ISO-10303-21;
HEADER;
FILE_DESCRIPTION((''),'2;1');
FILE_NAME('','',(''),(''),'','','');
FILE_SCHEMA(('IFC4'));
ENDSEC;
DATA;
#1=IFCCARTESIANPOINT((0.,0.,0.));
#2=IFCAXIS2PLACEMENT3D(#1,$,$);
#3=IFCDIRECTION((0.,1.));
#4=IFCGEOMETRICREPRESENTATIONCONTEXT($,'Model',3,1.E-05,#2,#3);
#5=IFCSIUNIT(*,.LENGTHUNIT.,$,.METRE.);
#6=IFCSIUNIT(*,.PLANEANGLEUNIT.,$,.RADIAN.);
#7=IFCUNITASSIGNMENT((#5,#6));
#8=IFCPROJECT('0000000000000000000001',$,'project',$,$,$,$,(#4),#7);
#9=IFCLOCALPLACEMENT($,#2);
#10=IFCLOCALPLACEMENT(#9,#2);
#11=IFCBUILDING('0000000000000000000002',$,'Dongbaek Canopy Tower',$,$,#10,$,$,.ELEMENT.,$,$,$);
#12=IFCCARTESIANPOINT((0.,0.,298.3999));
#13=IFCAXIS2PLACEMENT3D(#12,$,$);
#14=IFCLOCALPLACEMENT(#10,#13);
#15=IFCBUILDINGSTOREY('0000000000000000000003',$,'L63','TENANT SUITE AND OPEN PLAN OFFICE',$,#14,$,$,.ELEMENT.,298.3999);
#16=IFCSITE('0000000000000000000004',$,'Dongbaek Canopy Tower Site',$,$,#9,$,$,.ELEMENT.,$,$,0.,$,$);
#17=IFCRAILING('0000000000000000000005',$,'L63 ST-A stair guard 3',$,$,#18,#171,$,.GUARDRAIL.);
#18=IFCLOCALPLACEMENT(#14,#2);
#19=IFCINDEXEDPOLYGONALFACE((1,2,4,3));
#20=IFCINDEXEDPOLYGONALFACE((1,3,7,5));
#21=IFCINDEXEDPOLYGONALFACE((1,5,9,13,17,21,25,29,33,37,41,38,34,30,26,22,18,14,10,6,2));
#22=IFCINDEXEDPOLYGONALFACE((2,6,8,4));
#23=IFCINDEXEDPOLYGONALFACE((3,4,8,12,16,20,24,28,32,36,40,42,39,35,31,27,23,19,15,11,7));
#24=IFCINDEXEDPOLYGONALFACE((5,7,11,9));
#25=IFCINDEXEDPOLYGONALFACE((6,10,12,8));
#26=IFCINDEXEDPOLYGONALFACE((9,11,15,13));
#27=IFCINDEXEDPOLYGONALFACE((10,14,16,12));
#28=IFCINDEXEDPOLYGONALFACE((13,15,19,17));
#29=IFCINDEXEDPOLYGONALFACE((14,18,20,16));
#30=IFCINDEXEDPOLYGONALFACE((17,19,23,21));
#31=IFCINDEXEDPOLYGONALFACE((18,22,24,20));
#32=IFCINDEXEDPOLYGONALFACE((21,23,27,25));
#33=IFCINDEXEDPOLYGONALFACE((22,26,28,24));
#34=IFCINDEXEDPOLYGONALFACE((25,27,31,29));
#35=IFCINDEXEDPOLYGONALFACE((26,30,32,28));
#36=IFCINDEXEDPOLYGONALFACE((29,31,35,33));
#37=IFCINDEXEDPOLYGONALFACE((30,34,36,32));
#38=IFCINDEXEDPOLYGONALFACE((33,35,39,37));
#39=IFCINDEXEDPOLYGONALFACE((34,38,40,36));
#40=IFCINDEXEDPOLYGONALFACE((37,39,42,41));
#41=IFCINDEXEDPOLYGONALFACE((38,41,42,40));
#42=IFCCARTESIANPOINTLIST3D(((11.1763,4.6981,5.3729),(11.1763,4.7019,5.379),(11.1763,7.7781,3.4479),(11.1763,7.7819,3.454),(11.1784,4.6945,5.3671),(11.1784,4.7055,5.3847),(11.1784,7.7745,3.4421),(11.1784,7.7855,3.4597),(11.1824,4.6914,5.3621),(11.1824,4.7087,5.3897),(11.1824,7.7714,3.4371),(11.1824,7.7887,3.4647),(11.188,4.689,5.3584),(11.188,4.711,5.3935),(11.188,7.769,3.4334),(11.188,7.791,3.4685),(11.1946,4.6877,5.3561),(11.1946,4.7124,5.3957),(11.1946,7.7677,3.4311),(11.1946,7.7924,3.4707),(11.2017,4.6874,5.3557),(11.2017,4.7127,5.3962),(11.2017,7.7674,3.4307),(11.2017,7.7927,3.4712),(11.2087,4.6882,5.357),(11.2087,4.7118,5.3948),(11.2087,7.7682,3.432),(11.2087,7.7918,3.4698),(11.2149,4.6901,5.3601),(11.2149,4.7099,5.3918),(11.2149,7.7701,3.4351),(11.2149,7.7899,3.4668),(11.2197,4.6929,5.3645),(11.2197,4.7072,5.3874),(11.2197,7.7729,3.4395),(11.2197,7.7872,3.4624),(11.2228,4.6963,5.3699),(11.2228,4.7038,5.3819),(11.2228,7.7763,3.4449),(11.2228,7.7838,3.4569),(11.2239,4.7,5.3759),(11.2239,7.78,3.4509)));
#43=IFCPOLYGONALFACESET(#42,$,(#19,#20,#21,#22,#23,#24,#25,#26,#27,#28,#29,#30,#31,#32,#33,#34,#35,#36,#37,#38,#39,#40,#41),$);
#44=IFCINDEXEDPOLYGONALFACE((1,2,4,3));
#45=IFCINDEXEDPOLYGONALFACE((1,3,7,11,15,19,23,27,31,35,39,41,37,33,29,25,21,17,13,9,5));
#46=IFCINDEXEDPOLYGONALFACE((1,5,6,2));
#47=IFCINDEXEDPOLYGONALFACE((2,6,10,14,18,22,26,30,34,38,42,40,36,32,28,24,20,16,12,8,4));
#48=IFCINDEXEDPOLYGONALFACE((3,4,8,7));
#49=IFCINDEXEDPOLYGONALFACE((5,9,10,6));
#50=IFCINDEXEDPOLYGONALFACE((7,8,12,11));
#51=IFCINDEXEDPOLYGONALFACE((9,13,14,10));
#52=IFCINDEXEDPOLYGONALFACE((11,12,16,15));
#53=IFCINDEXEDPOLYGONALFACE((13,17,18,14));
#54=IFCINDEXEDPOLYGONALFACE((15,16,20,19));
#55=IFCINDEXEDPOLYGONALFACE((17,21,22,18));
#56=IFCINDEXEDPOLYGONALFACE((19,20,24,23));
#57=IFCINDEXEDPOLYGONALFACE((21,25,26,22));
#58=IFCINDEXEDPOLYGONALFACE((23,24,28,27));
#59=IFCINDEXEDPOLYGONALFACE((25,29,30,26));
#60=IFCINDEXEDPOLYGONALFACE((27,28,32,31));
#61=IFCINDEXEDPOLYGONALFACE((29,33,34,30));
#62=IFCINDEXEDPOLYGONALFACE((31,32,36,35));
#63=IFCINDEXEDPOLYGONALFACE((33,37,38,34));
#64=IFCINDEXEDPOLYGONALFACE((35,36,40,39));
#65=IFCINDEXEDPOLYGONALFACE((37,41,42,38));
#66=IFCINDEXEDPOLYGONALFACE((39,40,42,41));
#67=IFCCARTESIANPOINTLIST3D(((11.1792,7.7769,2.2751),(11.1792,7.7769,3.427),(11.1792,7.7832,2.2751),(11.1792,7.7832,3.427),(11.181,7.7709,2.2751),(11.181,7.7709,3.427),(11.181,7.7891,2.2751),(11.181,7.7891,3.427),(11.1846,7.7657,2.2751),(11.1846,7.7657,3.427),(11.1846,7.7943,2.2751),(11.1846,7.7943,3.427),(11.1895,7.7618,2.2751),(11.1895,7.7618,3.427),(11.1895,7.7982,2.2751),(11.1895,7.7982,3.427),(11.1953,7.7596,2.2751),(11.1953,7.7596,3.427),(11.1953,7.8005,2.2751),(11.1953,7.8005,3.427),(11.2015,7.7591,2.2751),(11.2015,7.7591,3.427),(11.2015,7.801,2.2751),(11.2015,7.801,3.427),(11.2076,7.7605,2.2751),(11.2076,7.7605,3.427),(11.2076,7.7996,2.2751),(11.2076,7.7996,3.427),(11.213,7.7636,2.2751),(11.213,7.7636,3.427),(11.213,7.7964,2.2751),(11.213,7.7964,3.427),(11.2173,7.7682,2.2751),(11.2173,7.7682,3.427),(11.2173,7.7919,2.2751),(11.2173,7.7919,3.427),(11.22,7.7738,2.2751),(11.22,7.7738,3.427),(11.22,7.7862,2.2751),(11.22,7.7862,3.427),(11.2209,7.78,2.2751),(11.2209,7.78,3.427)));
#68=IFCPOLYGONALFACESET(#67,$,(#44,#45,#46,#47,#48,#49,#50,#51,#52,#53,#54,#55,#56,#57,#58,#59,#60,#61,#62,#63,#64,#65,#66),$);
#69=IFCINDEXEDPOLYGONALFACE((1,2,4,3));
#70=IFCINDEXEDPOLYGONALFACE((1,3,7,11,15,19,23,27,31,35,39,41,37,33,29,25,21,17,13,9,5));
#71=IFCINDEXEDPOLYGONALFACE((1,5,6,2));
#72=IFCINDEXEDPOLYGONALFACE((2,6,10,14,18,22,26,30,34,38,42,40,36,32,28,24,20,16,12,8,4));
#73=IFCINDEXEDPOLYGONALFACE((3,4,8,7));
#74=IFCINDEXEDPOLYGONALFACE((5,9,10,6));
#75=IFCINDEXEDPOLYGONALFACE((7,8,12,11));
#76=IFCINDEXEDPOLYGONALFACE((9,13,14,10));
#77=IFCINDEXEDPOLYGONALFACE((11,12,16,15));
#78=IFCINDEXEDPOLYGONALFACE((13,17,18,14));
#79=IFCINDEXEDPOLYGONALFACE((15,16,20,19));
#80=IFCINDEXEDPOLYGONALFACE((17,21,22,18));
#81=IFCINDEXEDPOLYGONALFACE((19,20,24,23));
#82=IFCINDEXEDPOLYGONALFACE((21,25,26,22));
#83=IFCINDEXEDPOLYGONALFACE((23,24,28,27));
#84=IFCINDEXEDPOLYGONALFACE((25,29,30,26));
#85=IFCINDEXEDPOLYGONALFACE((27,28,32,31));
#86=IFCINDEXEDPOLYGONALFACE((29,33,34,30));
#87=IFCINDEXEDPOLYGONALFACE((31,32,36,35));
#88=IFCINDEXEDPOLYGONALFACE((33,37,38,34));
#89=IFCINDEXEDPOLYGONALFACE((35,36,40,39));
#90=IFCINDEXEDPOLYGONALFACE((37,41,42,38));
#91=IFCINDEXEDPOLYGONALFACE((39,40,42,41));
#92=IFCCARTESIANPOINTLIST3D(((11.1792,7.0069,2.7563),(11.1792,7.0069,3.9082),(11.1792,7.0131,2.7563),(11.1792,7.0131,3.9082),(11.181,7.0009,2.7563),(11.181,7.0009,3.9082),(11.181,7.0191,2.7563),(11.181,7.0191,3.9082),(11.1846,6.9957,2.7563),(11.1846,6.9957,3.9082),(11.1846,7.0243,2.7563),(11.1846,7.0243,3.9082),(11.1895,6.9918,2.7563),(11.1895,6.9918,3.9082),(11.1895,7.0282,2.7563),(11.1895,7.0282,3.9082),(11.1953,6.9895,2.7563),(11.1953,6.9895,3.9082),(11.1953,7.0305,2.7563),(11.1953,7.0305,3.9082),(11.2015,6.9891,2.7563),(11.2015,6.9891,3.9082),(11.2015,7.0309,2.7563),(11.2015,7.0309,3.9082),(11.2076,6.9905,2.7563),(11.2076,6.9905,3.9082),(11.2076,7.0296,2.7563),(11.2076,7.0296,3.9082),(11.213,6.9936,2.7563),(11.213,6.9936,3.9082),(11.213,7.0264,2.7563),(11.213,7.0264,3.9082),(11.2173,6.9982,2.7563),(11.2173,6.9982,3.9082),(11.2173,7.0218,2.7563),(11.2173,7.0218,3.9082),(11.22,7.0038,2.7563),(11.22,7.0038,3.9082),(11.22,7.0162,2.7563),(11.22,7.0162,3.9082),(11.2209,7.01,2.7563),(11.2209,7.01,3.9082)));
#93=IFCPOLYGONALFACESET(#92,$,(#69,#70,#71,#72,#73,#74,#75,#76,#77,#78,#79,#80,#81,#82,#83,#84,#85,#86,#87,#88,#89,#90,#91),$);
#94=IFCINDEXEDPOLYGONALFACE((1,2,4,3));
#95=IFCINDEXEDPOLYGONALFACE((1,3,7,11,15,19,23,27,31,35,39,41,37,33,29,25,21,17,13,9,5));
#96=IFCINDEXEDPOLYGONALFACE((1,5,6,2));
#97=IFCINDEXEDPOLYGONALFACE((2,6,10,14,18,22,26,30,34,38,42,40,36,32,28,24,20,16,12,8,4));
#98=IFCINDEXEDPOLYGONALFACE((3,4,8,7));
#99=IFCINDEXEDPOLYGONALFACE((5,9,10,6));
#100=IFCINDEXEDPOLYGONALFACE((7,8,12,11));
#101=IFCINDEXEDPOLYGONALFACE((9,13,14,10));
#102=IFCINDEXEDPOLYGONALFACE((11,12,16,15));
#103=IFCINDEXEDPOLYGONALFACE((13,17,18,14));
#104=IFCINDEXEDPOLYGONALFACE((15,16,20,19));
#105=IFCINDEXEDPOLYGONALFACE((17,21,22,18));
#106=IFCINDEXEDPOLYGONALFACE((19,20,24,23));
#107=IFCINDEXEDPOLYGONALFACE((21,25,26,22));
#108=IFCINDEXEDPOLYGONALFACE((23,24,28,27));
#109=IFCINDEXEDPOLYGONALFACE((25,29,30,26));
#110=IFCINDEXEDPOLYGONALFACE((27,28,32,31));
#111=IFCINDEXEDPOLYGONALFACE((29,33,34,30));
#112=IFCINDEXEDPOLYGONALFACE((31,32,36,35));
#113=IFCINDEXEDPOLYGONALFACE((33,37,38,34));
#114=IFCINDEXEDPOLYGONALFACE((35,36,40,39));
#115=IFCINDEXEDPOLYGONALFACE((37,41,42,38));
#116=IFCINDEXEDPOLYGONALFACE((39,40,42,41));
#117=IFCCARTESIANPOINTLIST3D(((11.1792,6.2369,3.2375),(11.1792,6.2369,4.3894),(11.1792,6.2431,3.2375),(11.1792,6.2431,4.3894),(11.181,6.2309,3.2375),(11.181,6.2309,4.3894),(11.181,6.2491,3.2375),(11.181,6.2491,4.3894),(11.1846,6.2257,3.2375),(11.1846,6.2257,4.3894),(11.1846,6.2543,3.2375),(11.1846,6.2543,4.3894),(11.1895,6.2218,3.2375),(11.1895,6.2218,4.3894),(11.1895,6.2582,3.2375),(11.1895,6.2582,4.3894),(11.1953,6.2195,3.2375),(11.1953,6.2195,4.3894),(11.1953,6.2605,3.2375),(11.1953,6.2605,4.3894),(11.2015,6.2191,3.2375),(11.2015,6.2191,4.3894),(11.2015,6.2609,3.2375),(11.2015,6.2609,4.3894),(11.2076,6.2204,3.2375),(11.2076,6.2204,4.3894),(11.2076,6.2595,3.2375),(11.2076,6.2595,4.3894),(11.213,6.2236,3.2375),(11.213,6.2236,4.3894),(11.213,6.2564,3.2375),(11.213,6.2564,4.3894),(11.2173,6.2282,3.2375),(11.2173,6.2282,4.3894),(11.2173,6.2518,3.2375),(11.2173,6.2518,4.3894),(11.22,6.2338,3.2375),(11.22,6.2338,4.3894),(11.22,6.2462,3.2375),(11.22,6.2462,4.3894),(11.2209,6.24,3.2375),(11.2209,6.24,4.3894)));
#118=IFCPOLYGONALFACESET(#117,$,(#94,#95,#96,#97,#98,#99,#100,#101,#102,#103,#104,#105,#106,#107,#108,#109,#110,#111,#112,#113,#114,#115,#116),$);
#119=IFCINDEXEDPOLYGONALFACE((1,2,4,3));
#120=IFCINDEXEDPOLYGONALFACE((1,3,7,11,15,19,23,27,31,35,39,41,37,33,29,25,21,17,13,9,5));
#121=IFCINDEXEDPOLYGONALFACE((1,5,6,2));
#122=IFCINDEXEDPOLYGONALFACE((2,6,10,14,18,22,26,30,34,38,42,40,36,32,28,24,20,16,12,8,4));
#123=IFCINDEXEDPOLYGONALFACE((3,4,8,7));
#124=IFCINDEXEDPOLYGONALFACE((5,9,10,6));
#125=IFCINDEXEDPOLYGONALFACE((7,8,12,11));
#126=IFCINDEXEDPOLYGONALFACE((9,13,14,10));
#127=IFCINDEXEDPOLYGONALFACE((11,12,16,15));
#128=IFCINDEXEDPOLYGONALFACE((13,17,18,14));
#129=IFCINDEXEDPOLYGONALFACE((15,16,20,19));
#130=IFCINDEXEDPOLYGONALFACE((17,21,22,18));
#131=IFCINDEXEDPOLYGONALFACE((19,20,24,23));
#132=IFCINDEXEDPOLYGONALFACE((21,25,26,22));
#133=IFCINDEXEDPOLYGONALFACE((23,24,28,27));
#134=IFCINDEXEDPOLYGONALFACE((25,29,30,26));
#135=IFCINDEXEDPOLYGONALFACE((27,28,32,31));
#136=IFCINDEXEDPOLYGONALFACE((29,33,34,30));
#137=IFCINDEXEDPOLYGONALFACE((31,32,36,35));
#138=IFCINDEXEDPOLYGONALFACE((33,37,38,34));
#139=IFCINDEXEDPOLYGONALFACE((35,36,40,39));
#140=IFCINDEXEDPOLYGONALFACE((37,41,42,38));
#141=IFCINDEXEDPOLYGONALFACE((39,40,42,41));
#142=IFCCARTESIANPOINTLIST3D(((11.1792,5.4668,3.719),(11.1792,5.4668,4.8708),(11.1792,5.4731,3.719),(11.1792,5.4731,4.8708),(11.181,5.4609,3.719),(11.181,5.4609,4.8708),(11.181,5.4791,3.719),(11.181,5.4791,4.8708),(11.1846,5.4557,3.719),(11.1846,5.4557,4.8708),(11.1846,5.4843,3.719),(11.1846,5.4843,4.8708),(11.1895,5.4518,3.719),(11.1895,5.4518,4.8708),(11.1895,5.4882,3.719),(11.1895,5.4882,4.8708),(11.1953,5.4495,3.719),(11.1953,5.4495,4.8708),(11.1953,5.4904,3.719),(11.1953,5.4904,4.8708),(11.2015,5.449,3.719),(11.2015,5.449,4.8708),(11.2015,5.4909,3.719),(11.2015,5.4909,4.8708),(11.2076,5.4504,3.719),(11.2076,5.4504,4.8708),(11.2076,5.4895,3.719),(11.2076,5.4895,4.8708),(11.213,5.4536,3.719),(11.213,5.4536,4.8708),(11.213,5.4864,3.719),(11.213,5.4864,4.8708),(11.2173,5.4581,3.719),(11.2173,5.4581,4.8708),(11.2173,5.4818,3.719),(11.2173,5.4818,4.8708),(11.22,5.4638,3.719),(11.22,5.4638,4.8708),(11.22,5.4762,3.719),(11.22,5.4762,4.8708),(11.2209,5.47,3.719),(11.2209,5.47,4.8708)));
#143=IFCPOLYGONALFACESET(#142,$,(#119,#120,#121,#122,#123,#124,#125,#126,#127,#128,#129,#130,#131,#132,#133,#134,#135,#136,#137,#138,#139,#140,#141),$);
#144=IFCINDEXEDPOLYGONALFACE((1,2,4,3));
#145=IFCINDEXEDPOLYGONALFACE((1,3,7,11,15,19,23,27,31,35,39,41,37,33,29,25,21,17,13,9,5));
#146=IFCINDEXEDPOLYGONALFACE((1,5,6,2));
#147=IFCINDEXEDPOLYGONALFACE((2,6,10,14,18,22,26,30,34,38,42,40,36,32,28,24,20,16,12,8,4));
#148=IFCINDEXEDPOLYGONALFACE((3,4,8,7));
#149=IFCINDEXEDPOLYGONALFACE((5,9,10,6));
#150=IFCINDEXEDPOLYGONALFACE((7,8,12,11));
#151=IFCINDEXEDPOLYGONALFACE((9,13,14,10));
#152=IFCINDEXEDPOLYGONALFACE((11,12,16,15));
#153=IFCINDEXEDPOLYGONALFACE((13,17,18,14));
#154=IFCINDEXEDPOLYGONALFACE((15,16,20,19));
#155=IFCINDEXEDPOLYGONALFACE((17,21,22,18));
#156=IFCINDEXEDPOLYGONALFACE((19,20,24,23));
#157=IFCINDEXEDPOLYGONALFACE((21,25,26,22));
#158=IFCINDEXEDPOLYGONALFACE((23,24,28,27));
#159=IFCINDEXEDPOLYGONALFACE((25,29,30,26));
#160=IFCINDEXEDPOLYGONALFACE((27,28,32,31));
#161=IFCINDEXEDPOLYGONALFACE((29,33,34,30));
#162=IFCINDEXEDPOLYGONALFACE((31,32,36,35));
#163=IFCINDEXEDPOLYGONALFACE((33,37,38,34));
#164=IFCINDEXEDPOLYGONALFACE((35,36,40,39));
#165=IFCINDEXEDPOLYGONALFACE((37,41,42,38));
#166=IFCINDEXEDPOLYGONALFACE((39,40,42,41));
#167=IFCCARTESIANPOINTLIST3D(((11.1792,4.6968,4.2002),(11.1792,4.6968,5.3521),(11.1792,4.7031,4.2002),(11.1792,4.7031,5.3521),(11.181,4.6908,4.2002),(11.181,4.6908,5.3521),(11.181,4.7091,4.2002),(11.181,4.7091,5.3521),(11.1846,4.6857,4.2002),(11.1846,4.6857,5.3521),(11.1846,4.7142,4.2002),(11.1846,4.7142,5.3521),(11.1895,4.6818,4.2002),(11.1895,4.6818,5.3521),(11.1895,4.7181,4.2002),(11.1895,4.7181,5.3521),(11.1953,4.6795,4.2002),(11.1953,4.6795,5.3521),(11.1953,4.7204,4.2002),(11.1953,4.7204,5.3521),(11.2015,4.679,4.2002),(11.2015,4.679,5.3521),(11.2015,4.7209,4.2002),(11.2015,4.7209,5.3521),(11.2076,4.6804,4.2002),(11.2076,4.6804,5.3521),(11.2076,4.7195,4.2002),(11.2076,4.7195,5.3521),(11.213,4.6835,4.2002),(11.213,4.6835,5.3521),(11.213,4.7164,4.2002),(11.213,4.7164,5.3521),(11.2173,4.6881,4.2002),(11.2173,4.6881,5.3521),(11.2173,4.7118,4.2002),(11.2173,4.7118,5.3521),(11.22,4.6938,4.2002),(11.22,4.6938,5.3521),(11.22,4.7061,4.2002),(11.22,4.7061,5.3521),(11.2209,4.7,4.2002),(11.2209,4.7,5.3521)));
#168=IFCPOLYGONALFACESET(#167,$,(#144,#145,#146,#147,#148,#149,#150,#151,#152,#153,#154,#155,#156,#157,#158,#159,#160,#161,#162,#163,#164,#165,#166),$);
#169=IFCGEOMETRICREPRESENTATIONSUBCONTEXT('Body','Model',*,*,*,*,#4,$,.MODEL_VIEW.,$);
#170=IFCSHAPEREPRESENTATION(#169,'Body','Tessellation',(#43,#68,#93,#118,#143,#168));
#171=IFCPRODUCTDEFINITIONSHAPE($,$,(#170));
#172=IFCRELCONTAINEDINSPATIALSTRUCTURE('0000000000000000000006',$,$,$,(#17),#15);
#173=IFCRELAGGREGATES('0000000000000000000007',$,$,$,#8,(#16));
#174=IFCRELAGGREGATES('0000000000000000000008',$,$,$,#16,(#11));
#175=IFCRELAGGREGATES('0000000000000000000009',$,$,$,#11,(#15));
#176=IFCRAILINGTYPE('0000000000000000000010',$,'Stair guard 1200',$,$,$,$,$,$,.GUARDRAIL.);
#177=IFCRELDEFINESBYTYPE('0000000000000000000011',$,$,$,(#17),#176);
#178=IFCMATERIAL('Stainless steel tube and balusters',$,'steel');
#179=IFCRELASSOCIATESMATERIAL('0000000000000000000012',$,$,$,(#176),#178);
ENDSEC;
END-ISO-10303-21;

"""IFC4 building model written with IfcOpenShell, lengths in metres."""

from ifc_helpers import new_model, si_unit, direction, frame, origin, origin_2d, place, context, subcontext, project, spatial, circle, extrude, material, type_object, element, save


model = new_model("IFC4")

# Units and contexts
model_context = context("Model", 3, precision=1e-05, world=origin(), true_north=direction((0.0, 1.0)))
body_context = subcontext(model_context, "Body", "Model", "MODEL_VIEW")
ifc_project = project(units=[si_unit("LENGTHUNIT", "METRE"), si_unit("PLANEANGLEUNIT", "RADIAN")], contexts=[model_context])

# Site, building, storey
site_placement = place(None, origin())
site = spatial("IfcSite", under=ifc_project, at=site_placement, Name="Dongbaek Canopy Tower Site", CompositionType="ELEMENT", RefElevation=0.0)
building_placement = place(site_placement, origin())
building = spatial("IfcBuilding", under=site, at=building_placement, Name="Dongbaek Canopy Tower", CompositionType="ELEMENT")
storey_placement = place(building_placement, frame((0.0, 0.0, 298.3999)))
storey = spatial("IfcBuildingStorey", under=building, at=storey_placement, Name="L63", Description="TENANT SUITE AND OPEN PLAN OFFICE", CompositionType="ELEMENT", Elevation=298.3999)

# Railing
ifc_material_1 = material(Name="Stainless steel tube and balusters", Category="steel")
railing_type_1 = type_object("IfcRailingType", Name="Stair guard 1200", PredefinedType="GUARDRAIL", material=ifc_material_1)
railing_1_placement = place(storey_placement, frame((11.2, 7.78, 2.2751)))
element("IfcRailing", 1, at=railing_1_placement, inside=storey, type_object=railing_type_1, Name="L63 ST-A stair guard 3", PredefinedType="GUARDRAIL", context=body_context, shape_type="SweptSolid", body=[
    extrude(circle(Radius=0.0239, at=origin_2d()), frame((0.0, 0.0, 1.1758), z_axis=(0.0, -0.847998, 0.529999), x_axis=(1.0, 0.0, 0.0)), (0.0, 0.0, 1.0), 3.6321),
    extrude(circle(Radius=0.021, at=origin_2d()), origin(), (0.0, 0.0, 1.0), 1.1519),
    extrude(circle(Radius=0.021, at=origin_2d()), frame((0.0, -0.77, 0.4812)), (0.0, 0.0, 1.0), 1.1519),
    extrude(circle(Radius=0.021, at=origin_2d()), frame((0.0, -1.54, 0.9624)), (0.0, 0.0, 1.0), 1.1519),
    extrude(circle(Radius=0.021, at=origin_2d()), frame((0.0, -2.3101, 1.4438)), (0.0, 0.0, 1.0), 1.1519),
    extrude(circle(Radius=0.021, at=origin_2d()), frame((0.0, -3.0801, 1.925)), (0.0, 0.0, 1.0), 1.1519),
])

save(model, "model.ifc")
